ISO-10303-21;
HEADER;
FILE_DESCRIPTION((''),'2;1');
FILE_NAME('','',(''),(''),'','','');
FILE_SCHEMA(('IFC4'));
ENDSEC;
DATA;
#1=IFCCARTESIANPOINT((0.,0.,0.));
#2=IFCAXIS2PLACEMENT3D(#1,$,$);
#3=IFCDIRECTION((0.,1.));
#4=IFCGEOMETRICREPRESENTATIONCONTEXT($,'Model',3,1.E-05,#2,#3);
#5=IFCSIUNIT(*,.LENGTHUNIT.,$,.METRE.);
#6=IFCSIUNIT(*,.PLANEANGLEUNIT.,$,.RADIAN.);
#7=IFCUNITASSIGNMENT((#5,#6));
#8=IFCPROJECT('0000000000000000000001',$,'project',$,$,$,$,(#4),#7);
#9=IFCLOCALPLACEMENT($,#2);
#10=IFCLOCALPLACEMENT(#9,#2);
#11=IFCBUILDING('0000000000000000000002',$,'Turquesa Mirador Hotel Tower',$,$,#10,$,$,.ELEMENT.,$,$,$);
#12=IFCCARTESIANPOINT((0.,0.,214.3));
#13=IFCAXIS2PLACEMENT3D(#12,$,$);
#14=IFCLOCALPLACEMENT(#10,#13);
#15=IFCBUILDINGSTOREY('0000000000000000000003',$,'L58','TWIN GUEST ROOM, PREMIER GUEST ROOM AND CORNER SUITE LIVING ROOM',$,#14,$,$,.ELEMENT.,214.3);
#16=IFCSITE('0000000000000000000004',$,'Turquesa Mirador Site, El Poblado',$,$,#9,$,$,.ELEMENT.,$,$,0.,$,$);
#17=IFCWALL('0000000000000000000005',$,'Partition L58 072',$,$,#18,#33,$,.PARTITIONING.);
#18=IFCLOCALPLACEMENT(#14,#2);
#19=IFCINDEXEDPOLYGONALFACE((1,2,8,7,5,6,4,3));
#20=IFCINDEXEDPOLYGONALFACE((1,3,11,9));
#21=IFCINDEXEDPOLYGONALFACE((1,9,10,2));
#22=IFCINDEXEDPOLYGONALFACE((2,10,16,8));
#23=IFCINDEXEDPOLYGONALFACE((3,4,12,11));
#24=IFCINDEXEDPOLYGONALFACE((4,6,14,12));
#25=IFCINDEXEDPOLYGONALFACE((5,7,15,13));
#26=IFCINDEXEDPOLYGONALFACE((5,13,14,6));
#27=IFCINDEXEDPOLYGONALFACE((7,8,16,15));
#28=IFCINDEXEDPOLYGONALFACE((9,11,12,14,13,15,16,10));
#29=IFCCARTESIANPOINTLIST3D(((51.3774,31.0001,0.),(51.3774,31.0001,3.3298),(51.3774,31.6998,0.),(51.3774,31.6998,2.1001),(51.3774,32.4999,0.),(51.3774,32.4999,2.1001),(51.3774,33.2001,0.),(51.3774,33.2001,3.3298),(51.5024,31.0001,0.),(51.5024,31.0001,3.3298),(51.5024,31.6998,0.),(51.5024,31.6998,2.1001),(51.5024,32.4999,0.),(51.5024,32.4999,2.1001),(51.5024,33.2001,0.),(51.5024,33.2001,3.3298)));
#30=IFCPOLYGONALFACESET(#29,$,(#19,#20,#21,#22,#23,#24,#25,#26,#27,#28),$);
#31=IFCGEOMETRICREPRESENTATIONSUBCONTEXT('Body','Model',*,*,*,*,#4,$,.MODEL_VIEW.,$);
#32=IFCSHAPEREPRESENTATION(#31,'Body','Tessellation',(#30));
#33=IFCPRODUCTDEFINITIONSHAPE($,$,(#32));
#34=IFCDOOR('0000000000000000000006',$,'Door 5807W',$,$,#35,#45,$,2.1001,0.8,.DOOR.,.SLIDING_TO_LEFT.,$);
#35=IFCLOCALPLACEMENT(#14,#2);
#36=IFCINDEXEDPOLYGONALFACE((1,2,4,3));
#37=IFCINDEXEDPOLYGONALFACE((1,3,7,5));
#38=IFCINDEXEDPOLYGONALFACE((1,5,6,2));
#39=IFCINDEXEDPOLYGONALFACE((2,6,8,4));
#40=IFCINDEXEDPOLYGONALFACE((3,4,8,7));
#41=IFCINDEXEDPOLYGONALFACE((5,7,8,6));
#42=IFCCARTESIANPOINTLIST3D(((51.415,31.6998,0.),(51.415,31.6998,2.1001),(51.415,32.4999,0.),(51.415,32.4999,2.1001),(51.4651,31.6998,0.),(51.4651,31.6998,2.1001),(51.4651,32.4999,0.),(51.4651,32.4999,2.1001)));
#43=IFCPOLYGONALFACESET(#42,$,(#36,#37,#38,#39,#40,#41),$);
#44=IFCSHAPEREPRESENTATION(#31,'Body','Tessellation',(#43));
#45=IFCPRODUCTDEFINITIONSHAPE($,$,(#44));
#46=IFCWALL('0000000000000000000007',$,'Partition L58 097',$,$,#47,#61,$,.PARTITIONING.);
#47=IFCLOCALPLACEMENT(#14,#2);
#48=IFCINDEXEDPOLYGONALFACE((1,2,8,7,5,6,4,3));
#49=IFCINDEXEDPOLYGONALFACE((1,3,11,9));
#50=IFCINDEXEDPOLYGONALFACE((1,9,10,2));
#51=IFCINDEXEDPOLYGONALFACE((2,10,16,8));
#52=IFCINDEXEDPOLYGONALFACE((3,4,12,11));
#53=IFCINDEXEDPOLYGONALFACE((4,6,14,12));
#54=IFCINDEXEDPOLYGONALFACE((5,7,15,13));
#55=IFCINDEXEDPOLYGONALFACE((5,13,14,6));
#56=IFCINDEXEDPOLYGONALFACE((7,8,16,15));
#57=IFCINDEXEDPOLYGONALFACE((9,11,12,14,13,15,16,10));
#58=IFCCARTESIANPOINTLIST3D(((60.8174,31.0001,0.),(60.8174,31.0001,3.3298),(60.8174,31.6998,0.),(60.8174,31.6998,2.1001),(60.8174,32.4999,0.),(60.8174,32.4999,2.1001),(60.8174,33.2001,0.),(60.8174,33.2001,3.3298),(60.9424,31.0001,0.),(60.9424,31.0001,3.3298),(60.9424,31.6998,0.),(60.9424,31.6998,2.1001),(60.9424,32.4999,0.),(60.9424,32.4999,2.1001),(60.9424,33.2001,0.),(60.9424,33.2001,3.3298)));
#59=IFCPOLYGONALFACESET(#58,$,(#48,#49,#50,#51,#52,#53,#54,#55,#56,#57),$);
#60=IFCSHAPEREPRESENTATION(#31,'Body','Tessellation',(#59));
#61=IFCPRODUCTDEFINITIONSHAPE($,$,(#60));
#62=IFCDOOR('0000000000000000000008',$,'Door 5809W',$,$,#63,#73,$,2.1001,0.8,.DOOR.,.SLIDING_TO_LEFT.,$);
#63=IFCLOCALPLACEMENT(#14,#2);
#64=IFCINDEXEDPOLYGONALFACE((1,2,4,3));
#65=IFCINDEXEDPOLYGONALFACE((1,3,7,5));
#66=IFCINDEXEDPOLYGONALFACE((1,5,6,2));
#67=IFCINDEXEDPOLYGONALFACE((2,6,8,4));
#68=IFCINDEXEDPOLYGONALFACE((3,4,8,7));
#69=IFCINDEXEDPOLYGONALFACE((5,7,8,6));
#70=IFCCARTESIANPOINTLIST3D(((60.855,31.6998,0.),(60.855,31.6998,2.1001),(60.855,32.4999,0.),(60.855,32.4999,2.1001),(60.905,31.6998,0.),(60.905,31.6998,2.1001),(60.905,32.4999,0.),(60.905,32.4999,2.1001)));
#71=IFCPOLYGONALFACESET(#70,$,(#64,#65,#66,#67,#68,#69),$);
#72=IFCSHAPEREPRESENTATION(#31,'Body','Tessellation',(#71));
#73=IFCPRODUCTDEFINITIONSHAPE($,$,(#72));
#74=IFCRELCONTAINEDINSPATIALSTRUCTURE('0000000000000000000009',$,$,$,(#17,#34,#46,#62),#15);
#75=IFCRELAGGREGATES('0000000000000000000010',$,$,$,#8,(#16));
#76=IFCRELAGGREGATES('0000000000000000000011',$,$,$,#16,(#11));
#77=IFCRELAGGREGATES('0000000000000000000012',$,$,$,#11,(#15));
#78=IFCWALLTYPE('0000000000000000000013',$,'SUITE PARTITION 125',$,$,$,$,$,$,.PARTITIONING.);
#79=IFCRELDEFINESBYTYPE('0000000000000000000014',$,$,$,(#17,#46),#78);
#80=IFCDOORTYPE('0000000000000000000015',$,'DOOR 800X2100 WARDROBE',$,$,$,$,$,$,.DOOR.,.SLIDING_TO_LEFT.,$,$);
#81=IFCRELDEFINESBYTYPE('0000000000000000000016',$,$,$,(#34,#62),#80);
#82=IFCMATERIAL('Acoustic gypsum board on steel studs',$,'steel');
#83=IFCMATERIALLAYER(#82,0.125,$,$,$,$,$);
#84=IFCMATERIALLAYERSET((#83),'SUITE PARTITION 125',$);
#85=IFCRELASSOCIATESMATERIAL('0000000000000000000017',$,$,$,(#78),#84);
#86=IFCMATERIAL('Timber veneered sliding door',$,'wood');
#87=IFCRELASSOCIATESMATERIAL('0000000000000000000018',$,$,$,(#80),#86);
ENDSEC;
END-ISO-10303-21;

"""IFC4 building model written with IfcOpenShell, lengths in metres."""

from ifc_helpers import new_model, si_unit, direction, frame, frame_2d, origin, place, context, subcontext, project, spatial, rectangle, extrude, material, layer, layer_set, type_object, element, fill, save


model = new_model("IFC4")

# Units and contexts
model_context = context("Model", 3, precision=1e-05, world=origin(), true_north=direction((0.0, 1.0)))
body_context = subcontext(model_context, "Body", "Model", "MODEL_VIEW")
ifc_project = project(units=[si_unit("LENGTHUNIT", "METRE"), si_unit("PLANEANGLEUNIT", "RADIAN")], contexts=[model_context])

# Site, building, storey
site_placement = place(None, origin())
site = spatial("IfcSite", under=ifc_project, at=site_placement, Name="Turquesa Mirador Site, El Poblado", CompositionType="ELEMENT", RefElevation=0.0)
building_placement = place(site_placement, origin())
building = spatial("IfcBuilding", under=site, at=building_placement, Name="Turquesa Mirador Hotel Tower", CompositionType="ELEMENT")
storey_placement = place(building_placement, frame((0.0, 0.0, 214.3)))
storey = spatial("IfcBuildingStorey", under=building, at=storey_placement, Name="L58", Description="TWIN GUEST ROOM, PREMIER GUEST ROOM AND CORNER SUITE LIVING ROOM", CompositionType="ELEMENT", Elevation=214.3)

# Shared definitions
ifc_material_1 = material(Name="Acoustic gypsum board on steel studs", Category="steel")
ifc_layer_1 = layer(ifc_material_1, 0.125)
ifc_layer_set_1 = layer_set([ifc_layer_1], Name="SUITE PARTITION 125")
wall_type_1 = type_object("IfcWallType", Name="SUITE PARTITION 125", PredefinedType="PARTITIONING", material=ifc_layer_set_1)

# Walls, openings, doors
wall_1_placement = place(storey_placement, frame((51.4399, 31.0, 0.0), z_axis=(0.0, 0.0, 1.0), x_axis=(0.0, 1.0, 0.0)))
wall_1 = element("IfcWall", 1, at=wall_1_placement, inside=storey, type_object=wall_type_1, Name="Partition L58 072", PredefinedType="PARTITIONING", context=body_context, shape_type="SweptSolid", body=[
    extrude(rectangle(XDim=2.2, YDim=0.125, at=frame_2d((1.1001, 0.0))), origin(), (0.0, 0.0, 1.0), 3.3298),
])
opening_1_placement = place(wall_1_placement, frame((0.7, 0.0, 0.0)))
opening_1 = element("IfcOpeningElement", 2, at=opening_1_placement, cuts=wall_1, PredefinedType="OPENING", context=body_context, shape_type="SweptSolid", body=[
    extrude(rectangle(XDim=0.8, YDim=2.1001, at=frame_2d((0.3999, 1.05))), frame((0.0, 0.0725, 0.0), z_axis=(0.0, -1.0, 0.0), x_axis=(1.0, 0.0, 0.0)), (0.0, 0.0, 1.0), 0.145),
])
ifc_material_2 = material(Name="Timber veneered sliding door", Category="wood")
door_type_1 = type_object("IfcDoorType", Name="DOOR 800X2100 WARDROBE", OperationType="SLIDING_TO_LEFT", PredefinedType="DOOR", material=ifc_material_2)
door_1_placement = place(opening_1_placement, origin())
door_1 = element("IfcDoor", 3, at=door_1_placement, inside=storey, type_object=door_type_1, Name="Door 5807W", OperationType="SLIDING_TO_LEFT", OverallHeight=2.1001, OverallWidth=0.8, PredefinedType="DOOR", context=body_context, shape_type="SweptSolid", body=[
    extrude(rectangle(XDim=0.8, YDim=2.1001, at=frame_2d((0.3999, 1.05))), frame((0.0, 0.0249, 0.0), z_axis=(0.0, -1.0, 0.0), x_axis=(1.0, 0.0, 0.0)), (0.0, 0.0, 1.0), 0.05),
])
fill(opening_1, door_1)
wall_2_placement = place(storey_placement, frame((60.8799, 31.0, 0.0), z_axis=(0.0, 0.0, 1.0), x_axis=(0.0, 1.0, 0.0)))
wall_2 = element("IfcWall", 4, at=wall_2_placement, inside=storey, type_object=wall_type_1, Name="Partition L58 097", PredefinedType="PARTITIONING", context=body_context, shape_type="SweptSolid", body=[
    extrude(rectangle(XDim=2.2, YDim=0.125, at=frame_2d((1.1001, 0.0))), origin(), (0.0, 0.0, 1.0), 3.3298),
])
opening_2_placement = place(wall_2_placement, frame((0.7, 0.0, 0.0)))
opening_2 = element("IfcOpeningElement", 5, at=opening_2_placement, cuts=wall_2, PredefinedType="OPENING", context=body_context, shape_type="SweptSolid", body=[
    extrude(rectangle(XDim=0.8, YDim=2.1001, at=frame_2d((0.3999, 1.05))), frame((0.0, 0.0725, 0.0), z_axis=(0.0, -1.0, 0.0), x_axis=(1.0, 0.0, 0.0)), (0.0, 0.0, 1.0), 0.145),
])
door_2_placement = place(opening_2_placement, origin())
door_2 = element("IfcDoor", 6, at=door_2_placement, inside=storey, type_object=door_type_1, Name="Door 5809W", OperationType="SLIDING_TO_LEFT", OverallHeight=2.1001, OverallWidth=0.8, PredefinedType="DOOR", context=body_context, shape_type="SweptSolid", body=[
    extrude(rectangle(XDim=0.8, YDim=2.1001, at=frame_2d((0.3999, 1.05))), frame((0.0, 0.0249, 0.0), z_axis=(0.0, -1.0, 0.0), x_axis=(1.0, 0.0, 0.0)), (0.0, 0.0, 1.0), 0.05),
])
fill(opening_2, door_2)

save(model, "model.ifc")
